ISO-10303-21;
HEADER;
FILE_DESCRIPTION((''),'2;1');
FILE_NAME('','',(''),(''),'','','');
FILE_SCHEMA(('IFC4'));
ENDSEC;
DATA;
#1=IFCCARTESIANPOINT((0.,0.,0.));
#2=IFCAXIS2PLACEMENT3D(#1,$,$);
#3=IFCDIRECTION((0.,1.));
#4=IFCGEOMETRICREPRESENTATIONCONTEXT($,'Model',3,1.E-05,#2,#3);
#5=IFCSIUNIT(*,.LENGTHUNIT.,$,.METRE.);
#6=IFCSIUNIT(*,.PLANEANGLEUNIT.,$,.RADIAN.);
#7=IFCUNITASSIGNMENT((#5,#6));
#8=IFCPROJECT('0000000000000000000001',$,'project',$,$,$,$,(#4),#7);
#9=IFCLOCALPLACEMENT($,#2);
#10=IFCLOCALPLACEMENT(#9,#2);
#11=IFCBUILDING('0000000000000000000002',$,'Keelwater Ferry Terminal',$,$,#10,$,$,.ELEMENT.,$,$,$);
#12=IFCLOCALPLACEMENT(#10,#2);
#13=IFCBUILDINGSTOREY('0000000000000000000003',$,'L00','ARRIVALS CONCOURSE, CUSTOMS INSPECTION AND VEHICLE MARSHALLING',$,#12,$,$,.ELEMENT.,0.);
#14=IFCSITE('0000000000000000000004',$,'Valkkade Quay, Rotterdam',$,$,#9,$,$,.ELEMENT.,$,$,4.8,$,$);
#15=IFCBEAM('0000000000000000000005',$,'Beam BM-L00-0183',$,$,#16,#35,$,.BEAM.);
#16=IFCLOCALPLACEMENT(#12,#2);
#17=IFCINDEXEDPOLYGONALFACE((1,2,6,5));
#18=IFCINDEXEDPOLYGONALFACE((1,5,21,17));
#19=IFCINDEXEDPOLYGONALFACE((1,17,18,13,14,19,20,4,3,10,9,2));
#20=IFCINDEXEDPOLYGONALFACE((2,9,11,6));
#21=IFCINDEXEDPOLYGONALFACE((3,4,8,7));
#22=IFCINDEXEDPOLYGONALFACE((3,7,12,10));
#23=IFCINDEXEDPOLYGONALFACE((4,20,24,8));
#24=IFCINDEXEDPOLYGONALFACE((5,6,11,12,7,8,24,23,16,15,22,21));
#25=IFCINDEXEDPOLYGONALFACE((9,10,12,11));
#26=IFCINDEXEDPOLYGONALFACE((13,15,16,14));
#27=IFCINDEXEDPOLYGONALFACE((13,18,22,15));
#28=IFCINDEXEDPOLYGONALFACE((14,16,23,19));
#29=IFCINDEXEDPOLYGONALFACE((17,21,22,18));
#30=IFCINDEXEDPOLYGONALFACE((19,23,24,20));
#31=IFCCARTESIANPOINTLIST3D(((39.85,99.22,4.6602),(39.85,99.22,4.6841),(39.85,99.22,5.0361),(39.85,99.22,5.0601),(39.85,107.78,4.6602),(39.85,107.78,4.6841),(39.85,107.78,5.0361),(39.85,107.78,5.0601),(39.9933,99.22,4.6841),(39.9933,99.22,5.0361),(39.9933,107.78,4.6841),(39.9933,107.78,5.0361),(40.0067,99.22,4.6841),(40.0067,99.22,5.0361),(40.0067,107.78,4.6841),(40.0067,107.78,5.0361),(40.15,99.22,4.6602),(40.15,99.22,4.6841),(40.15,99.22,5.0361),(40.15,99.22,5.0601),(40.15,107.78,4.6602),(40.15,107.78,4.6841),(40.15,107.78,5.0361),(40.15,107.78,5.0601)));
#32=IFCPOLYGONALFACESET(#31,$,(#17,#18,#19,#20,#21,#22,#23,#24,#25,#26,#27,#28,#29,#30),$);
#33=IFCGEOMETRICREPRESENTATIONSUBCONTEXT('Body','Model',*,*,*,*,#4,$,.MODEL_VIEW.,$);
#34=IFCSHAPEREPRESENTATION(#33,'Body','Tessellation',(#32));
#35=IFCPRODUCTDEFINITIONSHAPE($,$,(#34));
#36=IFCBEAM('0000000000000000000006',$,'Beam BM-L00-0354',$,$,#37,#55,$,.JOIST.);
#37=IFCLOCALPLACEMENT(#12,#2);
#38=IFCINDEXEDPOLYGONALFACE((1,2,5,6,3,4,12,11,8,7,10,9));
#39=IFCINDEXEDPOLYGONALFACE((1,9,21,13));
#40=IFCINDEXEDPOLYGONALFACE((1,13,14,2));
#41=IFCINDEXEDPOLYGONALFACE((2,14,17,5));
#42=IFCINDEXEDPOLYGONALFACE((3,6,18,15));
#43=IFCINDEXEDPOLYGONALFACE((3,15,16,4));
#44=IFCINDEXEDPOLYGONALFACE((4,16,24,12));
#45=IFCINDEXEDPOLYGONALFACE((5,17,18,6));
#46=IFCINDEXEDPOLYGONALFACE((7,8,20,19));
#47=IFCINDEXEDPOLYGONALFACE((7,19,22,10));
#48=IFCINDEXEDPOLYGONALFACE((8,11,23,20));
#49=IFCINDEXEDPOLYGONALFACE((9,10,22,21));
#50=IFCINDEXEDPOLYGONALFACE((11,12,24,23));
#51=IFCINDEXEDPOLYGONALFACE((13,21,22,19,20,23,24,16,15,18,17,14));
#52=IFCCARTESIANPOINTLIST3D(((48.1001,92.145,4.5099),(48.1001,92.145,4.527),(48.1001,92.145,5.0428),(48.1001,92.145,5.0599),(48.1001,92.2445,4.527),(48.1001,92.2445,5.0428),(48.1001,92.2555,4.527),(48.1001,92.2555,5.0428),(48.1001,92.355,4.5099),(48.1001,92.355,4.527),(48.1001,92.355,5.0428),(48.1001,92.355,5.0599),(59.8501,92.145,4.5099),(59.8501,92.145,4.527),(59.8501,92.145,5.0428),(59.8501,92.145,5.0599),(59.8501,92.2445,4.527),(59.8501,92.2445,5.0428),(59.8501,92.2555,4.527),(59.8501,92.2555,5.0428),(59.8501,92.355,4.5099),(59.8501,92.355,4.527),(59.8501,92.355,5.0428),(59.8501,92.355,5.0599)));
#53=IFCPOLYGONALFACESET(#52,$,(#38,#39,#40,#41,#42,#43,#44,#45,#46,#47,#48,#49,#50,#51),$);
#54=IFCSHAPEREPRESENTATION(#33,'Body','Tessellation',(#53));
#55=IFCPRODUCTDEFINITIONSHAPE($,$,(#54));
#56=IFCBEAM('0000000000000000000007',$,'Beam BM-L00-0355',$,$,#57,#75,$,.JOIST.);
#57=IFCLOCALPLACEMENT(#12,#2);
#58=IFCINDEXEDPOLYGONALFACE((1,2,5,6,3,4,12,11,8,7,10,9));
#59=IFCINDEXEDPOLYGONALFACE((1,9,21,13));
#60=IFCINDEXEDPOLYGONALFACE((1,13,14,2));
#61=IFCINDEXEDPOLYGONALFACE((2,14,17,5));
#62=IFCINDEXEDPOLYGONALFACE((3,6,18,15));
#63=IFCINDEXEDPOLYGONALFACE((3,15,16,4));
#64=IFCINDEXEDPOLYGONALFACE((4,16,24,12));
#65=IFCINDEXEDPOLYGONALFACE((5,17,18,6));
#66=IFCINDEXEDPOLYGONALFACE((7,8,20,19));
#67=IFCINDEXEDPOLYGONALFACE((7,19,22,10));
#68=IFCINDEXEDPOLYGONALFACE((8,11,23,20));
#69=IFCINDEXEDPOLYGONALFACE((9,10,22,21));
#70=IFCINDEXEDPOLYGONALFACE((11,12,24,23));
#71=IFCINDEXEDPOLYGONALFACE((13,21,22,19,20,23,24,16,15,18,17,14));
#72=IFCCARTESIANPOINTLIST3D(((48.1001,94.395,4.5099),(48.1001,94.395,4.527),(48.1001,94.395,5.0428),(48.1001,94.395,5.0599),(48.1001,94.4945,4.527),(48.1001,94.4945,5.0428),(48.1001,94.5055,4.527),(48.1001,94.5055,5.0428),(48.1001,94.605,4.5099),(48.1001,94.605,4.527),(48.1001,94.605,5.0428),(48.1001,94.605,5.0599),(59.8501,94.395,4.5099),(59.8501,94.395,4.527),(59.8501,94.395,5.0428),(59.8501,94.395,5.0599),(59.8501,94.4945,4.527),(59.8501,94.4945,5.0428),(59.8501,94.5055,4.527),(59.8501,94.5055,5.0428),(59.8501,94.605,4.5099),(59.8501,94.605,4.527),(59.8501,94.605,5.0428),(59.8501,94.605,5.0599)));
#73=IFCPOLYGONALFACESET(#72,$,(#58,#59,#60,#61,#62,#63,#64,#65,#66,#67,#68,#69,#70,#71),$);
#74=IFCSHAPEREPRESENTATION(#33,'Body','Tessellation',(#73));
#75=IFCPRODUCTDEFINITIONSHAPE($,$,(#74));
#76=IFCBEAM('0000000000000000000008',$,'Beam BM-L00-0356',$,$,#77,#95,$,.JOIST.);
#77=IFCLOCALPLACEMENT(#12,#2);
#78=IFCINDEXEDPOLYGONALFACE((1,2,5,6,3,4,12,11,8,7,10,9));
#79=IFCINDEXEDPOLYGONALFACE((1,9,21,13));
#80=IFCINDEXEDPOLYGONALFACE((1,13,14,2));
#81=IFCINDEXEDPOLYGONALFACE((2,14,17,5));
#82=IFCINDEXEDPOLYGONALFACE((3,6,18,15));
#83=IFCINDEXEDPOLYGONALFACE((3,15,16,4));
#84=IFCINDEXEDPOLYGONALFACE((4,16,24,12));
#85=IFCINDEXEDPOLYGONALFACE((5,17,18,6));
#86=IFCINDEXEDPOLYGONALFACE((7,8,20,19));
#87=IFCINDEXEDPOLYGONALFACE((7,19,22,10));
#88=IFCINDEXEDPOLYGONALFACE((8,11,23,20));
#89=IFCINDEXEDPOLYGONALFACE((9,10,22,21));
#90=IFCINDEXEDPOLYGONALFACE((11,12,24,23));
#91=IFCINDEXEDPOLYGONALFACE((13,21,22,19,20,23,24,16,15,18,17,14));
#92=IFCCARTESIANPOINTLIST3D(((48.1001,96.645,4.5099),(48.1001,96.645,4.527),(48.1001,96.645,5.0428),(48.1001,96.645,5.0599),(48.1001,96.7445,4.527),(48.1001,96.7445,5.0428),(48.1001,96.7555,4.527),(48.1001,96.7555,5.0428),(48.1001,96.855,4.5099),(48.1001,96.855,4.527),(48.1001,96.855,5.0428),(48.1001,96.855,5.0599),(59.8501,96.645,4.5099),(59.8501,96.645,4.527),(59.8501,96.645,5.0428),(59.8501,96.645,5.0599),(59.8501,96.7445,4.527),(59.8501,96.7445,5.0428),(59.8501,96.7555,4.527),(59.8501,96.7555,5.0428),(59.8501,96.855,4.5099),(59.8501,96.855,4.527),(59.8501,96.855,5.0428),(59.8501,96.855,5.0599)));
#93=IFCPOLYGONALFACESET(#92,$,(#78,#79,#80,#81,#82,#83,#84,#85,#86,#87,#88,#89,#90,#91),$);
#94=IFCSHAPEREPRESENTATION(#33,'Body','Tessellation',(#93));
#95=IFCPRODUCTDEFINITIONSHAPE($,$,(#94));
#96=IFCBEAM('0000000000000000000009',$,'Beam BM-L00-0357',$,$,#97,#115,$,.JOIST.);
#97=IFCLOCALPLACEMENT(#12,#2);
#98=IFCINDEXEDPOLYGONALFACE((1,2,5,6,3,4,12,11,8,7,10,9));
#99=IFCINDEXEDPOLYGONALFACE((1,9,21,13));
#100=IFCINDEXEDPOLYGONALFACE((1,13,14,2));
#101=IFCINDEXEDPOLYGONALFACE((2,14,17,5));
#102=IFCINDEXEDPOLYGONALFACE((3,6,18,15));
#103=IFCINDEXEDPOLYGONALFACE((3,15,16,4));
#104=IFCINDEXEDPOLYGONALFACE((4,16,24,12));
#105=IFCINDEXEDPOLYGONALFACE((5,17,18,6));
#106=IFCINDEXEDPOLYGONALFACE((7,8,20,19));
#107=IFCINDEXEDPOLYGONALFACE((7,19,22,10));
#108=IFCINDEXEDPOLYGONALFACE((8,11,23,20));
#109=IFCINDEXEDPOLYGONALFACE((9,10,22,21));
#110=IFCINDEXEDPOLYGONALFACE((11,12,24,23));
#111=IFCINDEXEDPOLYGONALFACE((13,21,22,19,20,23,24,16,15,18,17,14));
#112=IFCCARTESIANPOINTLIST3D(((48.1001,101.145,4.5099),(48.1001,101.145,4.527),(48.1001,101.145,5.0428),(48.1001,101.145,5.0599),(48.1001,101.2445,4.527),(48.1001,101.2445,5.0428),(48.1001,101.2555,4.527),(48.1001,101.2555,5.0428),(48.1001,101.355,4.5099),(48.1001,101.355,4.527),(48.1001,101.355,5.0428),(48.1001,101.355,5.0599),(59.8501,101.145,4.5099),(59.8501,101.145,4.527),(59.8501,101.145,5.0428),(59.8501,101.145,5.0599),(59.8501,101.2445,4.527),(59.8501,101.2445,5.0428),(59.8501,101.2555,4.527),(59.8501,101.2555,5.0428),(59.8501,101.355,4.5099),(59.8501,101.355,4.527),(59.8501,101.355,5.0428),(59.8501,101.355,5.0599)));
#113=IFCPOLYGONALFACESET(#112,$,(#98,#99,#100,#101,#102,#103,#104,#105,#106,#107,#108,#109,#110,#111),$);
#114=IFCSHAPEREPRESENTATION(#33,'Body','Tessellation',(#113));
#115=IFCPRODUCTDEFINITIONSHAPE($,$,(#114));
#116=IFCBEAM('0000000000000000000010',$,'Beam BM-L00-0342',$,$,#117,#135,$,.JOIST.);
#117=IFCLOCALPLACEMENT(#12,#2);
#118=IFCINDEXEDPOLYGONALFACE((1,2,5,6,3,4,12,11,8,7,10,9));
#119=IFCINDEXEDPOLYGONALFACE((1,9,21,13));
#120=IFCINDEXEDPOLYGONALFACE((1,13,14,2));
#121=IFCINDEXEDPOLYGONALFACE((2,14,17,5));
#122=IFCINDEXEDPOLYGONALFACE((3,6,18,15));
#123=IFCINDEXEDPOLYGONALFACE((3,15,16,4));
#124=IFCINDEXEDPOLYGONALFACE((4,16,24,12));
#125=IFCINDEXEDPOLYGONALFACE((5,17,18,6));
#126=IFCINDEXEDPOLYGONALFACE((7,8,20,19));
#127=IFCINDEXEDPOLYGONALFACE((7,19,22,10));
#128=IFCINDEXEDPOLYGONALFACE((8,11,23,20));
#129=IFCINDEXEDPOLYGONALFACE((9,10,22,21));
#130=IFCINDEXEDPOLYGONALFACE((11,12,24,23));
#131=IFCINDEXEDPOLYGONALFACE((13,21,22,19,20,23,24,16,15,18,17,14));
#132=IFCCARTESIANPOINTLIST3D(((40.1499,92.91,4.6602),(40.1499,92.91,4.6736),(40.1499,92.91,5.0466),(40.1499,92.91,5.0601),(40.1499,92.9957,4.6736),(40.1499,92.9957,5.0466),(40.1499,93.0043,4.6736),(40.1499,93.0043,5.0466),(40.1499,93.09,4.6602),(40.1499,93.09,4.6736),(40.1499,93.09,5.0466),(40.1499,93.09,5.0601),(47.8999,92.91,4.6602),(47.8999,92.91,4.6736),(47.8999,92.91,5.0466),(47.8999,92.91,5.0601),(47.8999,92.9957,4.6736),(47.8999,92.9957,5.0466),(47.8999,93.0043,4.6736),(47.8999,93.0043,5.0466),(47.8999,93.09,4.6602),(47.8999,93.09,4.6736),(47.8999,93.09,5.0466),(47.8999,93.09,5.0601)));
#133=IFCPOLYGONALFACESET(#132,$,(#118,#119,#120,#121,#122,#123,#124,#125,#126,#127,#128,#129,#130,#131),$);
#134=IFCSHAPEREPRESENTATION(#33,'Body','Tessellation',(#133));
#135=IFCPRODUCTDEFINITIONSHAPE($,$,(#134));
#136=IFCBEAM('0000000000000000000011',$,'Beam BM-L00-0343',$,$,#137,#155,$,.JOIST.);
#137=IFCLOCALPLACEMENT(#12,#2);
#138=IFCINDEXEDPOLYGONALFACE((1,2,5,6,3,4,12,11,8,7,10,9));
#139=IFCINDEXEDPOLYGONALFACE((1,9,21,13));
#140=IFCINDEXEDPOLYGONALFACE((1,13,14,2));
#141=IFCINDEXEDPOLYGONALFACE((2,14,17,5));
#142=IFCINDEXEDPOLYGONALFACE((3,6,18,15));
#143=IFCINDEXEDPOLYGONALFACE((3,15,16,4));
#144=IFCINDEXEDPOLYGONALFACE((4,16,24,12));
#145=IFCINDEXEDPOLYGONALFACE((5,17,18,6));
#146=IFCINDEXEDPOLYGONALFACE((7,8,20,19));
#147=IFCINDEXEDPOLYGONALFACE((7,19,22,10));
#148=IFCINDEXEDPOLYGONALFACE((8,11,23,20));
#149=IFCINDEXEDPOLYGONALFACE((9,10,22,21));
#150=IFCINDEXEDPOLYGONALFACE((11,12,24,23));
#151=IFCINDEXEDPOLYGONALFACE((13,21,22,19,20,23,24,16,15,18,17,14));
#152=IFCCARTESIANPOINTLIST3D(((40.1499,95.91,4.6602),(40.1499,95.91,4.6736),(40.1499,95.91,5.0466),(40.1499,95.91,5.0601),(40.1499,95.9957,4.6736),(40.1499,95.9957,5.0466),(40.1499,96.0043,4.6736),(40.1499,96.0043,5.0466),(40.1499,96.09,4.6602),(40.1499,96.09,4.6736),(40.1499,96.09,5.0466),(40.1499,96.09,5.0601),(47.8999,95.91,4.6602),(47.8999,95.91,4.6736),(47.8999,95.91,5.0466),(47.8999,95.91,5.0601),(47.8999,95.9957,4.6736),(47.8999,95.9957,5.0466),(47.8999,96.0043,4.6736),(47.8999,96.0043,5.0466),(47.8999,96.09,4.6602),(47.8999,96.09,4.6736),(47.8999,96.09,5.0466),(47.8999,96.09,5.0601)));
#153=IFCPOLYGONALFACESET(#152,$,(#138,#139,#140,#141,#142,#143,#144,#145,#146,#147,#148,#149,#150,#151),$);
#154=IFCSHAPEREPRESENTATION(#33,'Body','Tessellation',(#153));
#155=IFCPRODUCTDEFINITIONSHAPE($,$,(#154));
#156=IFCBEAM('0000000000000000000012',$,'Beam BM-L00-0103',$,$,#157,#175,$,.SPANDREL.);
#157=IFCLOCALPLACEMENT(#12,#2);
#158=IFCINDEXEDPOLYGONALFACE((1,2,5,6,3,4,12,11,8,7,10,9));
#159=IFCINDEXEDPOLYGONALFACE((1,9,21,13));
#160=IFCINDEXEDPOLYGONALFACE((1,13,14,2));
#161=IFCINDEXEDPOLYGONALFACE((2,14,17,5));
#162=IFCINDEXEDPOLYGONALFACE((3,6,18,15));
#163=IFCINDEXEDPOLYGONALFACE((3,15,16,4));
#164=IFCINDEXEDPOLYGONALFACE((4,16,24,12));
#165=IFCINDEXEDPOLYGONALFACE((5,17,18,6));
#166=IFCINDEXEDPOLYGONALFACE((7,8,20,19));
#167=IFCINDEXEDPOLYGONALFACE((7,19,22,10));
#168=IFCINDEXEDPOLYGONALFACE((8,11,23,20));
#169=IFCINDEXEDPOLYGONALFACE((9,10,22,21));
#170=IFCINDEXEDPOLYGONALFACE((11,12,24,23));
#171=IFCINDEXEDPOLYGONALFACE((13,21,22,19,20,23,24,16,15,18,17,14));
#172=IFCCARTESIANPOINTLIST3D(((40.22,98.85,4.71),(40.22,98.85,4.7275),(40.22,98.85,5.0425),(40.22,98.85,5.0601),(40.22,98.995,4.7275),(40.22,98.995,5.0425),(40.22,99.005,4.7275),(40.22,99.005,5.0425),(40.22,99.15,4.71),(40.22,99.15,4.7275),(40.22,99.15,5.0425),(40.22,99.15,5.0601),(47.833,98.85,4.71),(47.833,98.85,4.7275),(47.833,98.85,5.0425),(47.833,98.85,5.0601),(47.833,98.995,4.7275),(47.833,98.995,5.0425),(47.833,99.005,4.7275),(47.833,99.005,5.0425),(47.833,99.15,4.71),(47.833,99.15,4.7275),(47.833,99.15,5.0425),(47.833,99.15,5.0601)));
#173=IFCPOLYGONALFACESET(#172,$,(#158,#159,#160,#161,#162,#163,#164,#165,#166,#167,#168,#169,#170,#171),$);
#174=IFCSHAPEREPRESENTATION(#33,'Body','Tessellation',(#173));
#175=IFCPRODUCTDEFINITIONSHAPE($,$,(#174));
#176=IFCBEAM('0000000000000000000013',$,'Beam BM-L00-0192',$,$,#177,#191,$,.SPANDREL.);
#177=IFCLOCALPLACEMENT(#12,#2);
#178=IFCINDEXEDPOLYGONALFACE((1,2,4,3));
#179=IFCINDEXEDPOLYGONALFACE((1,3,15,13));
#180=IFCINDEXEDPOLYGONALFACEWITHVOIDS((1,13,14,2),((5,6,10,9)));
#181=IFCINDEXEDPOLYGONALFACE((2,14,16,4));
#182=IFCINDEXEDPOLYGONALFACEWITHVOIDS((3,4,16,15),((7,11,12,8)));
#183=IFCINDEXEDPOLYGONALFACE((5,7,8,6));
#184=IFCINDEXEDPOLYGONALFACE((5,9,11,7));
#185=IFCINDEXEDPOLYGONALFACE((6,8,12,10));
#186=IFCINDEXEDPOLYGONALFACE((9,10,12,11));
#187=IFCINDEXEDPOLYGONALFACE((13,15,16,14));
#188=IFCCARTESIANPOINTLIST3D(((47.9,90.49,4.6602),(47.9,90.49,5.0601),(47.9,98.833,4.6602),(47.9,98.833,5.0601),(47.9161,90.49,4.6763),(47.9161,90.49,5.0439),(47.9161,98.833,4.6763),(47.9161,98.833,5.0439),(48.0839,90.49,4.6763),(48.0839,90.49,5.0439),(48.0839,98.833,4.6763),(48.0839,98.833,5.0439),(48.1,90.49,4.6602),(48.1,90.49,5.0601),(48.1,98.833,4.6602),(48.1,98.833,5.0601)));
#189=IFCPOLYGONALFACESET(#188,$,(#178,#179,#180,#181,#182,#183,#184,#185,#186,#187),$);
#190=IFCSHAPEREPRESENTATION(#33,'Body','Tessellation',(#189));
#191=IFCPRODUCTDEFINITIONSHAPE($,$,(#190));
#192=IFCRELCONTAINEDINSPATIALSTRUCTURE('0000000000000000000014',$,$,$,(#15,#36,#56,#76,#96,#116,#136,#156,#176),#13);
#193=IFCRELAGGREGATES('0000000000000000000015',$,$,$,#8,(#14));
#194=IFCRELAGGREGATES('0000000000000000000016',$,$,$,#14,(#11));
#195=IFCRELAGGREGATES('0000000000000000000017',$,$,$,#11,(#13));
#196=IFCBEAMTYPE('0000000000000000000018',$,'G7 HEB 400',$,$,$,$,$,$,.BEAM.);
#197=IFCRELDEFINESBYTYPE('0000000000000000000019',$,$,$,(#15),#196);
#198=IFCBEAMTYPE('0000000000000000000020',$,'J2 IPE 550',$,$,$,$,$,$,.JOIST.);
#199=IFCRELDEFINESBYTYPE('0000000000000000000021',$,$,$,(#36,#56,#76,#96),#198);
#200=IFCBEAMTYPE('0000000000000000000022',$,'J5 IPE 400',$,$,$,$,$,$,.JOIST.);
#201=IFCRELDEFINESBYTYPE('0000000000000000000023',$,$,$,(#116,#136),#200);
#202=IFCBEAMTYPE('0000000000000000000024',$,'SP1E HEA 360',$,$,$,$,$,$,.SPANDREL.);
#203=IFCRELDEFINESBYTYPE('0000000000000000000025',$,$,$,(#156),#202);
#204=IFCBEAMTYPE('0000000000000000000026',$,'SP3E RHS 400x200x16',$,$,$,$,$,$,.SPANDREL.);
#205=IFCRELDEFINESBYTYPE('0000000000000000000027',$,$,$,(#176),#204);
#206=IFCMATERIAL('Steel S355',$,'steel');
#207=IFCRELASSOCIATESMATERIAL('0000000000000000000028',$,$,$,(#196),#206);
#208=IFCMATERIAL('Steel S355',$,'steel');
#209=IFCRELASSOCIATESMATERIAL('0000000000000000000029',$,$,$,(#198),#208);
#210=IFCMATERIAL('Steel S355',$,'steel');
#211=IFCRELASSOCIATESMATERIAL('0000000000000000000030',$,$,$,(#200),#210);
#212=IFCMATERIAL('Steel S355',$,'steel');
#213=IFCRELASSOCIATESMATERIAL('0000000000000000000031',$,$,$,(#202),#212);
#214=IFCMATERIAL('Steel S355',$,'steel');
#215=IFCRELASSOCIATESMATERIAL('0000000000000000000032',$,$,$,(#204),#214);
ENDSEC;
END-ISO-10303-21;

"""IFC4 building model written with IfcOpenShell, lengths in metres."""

from ifc_helpers import new_model, si_unit, direction, frame, origin, origin_2d, place, context, subcontext, project, spatial, hollow_rectangle, i_section, extrude, material, material_profile, profile_set, type_object, element, save


model = new_model("IFC4")

# Units and contexts
model_context = context("Model", 3, precision=1e-05, world=origin(), true_north=direction((0.0, 1.0)))
body_context = subcontext(model_context, "Body", "Model", "MODEL_VIEW")
ifc_project = project(units=[si_unit("LENGTHUNIT", "METRE"), si_unit("PLANEANGLEUNIT", "RADIAN")], contexts=[model_context])

# Site, building, storey
site_placement = place(None, origin())
site = spatial("IfcSite", under=ifc_project, at=site_placement, Name="Valkkade Quay, Rotterdam", CompositionType="ELEMENT", RefElevation=4.8)
building_placement = place(site_placement, origin())
building = spatial("IfcBuilding", under=site, at=building_placement, Name="Keelwater Ferry Terminal", CompositionType="ELEMENT")
storey_placement = place(building_placement, origin())
storey = spatial("IfcBuildingStorey", under=building, at=storey_placement, Name="L00", Description="ARRIVALS CONCOURSE, CUSTOMS INSPECTION AND VEHICLE MARSHALLING", CompositionType="ELEMENT", Elevation=0.0)

# Beams
ifc_material_1 = material(Name="Steel S355", Category="steel")
ifc_material_profile_1 = material_profile(ifc_material_1, i_section(OverallWidth=0.3, OverallDepth=0.3999, WebThickness=0.0134, FlangeThickness=0.0239, at=origin_2d()), Name="HEB 400")
ifc_profile_set_1 = profile_set([ifc_material_profile_1], Name="Steel S355")
beam_type_1 = type_object("IfcBeamType", Name="G7 HEB 400", PredefinedType="BEAM", material=ifc_profile_set_1)
beam_1_placement = place(storey_placement, frame((40.0, 99.22, 4.8601), z_axis=(0.0, 1.0, 0.0), x_axis=(-1.0, 0.0, 0.0)))
element("IfcBeam", 1, at=beam_1_placement, inside=storey, type_object=beam_type_1, Name="Beam BM-L00-0183", PredefinedType="BEAM", context=body_context, shape_type="SweptSolid", body=[
    extrude(i_section(OverallWidth=0.3, OverallDepth=0.3999, WebThickness=0.0134, FlangeThickness=0.0239, at=origin_2d()), origin(), (0.0, 0.0, 1.0), 8.5601),
])
ifc_material_2 = material(Name="Steel S355", Category="steel")
ifc_material_profile_2 = material_profile(ifc_material_2, i_section(OverallWidth=0.21, OverallDepth=0.55, WebThickness=0.011, FlangeThickness=0.0171, at=origin_2d()), Name="IPE 550")
ifc_profile_set_2 = profile_set([ifc_material_profile_2], Name="Steel S355")
beam_type_2 = type_object("IfcBeamType", Name="J2 IPE 550", PredefinedType="JOIST", material=ifc_profile_set_2)
for number, where, z_axis, x_axis, name in (
    (2, (48.1001, 92.25, 4.7849), (1.0, 0.0, 0.0), (0.0, 1.0, 0.0), "Beam BM-L00-0354"),
    (3, (48.1001, 94.5, 4.7849), (1.0, 0.0, 0.0), (0.0, 1.0, 0.0), "Beam BM-L00-0355"),
    (4, (48.1001, 96.75, 4.7849), (1.0, 0.0, 0.0), (0.0, 1.0, 0.0), "Beam BM-L00-0356"),
    (5, (48.1001, 101.25, 4.7849), (1.0, 0.0, 0.0), (0.0, 1.0, 0.0), "Beam BM-L00-0357"),
):
    element("IfcBeam", number, at=place(storey_placement, frame(where, z_axis=z_axis, x_axis=x_axis)), inside=storey, type_object=beam_type_2, Name=name, PredefinedType="JOIST", context=body_context, shape_type="SweptSolid", body=[
        extrude(i_section(OverallWidth=0.21, OverallDepth=0.55, WebThickness=0.011, FlangeThickness=0.0171, at=origin_2d()), origin(), (0.0, 0.0, 1.0), 11.75),
    ])
ifc_material_3 = material(Name="Steel S355", Category="steel")
ifc_material_profile_3 = material_profile(ifc_material_3, i_section(OverallWidth=0.1799, OverallDepth=0.3999, WebThickness=0.0085, FlangeThickness=0.0134, at=origin_2d()), Name="IPE 400")
ifc_profile_set_3 = profile_set([ifc_material_profile_3], Name="Steel S355")
beam_type_3 = type_object("IfcBeamType", Name="J5 IPE 400", PredefinedType="JOIST", material=ifc_profile_set_3)
for number, where, z_axis, x_axis, name in (
    (6, (40.1499, 93.0, 4.8601), (1.0, 0.0, 0.0), (0.0, 1.0, 0.0), "Beam BM-L00-0342"),
    (7, (40.1499, 96.0, 4.8601), (1.0, 0.0, 0.0), (0.0, 1.0, 0.0), "Beam BM-L00-0343"),
):
    element("IfcBeam", number, at=place(storey_placement, frame(where, z_axis=z_axis, x_axis=x_axis)), inside=storey, type_object=beam_type_3, Name=name, PredefinedType="JOIST", context=body_context, shape_type="SweptSolid", body=[
        extrude(i_section(OverallWidth=0.1799, OverallDepth=0.3999, WebThickness=0.0085, FlangeThickness=0.0134, at=origin_2d()), origin(), (0.0, 0.0, 1.0), 7.75),
    ])
ifc_material_4 = material(Name="Steel S355", Category="steel")
ifc_material_profile_4 = material_profile(ifc_material_4, i_section(OverallWidth=0.3, OverallDepth=0.3501, WebThickness=0.01, FlangeThickness=0.0176, at=origin_2d()), Name="HEA 360")
ifc_profile_set_4 = profile_set([ifc_material_profile_4], Name="Steel S355")
beam_type_4 = type_object("IfcBeamType", Name="SP1E HEA 360", PredefinedType="SPANDREL", material=ifc_profile_set_4)
beam_2_placement = place(storey_placement, frame((40.22, 99.0, 4.885), z_axis=(1.0, 0.0, 0.0), x_axis=(0.0, 1.0, 0.0)))
element("IfcBeam", 8, at=beam_2_placement, inside=storey, type_object=beam_type_4, Name="Beam BM-L00-0103", PredefinedType="SPANDREL", context=body_context, shape_type="SweptSolid", body=[
    extrude(i_section(OverallWidth=0.3, OverallDepth=0.3501, WebThickness=0.01, FlangeThickness=0.0176, at=origin_2d()), origin(), (0.0, 0.0, 1.0), 7.613),
])
ifc_material_5 = material(Name="Steel S355", Category="steel")
ifc_material_profile_5 = material_profile(ifc_material_5, hollow_rectangle(XDim=0.2, YDim=0.3999, WallThickness=0.0161, at=origin_2d()), Name="RHS 400x200x16")
ifc_profile_set_5 = profile_set([ifc_material_profile_5], Name="Steel S355")
beam_type_5 = type_object("IfcBeamType", Name="SP3E RHS 400x200x16", PredefinedType="SPANDREL", material=ifc_profile_set_5)
beam_3_placement = place(storey_placement, frame((48.0, 90.49, 4.8601), z_axis=(0.0, 1.0, 0.0), x_axis=(-1.0, 0.0, 0.0)))
element("IfcBeam", 9, at=beam_3_placement, inside=storey, type_object=beam_type_5, Name="Beam BM-L00-0192", PredefinedType="SPANDREL", context=body_context, shape_type="SweptSolid", body=[
    extrude(hollow_rectangle(XDim=0.2, YDim=0.3999, WallThickness=0.0161, at=origin_2d()), origin(), (0.0, 0.0, 1.0), 8.343),
])

save(model, "model.ifc")
